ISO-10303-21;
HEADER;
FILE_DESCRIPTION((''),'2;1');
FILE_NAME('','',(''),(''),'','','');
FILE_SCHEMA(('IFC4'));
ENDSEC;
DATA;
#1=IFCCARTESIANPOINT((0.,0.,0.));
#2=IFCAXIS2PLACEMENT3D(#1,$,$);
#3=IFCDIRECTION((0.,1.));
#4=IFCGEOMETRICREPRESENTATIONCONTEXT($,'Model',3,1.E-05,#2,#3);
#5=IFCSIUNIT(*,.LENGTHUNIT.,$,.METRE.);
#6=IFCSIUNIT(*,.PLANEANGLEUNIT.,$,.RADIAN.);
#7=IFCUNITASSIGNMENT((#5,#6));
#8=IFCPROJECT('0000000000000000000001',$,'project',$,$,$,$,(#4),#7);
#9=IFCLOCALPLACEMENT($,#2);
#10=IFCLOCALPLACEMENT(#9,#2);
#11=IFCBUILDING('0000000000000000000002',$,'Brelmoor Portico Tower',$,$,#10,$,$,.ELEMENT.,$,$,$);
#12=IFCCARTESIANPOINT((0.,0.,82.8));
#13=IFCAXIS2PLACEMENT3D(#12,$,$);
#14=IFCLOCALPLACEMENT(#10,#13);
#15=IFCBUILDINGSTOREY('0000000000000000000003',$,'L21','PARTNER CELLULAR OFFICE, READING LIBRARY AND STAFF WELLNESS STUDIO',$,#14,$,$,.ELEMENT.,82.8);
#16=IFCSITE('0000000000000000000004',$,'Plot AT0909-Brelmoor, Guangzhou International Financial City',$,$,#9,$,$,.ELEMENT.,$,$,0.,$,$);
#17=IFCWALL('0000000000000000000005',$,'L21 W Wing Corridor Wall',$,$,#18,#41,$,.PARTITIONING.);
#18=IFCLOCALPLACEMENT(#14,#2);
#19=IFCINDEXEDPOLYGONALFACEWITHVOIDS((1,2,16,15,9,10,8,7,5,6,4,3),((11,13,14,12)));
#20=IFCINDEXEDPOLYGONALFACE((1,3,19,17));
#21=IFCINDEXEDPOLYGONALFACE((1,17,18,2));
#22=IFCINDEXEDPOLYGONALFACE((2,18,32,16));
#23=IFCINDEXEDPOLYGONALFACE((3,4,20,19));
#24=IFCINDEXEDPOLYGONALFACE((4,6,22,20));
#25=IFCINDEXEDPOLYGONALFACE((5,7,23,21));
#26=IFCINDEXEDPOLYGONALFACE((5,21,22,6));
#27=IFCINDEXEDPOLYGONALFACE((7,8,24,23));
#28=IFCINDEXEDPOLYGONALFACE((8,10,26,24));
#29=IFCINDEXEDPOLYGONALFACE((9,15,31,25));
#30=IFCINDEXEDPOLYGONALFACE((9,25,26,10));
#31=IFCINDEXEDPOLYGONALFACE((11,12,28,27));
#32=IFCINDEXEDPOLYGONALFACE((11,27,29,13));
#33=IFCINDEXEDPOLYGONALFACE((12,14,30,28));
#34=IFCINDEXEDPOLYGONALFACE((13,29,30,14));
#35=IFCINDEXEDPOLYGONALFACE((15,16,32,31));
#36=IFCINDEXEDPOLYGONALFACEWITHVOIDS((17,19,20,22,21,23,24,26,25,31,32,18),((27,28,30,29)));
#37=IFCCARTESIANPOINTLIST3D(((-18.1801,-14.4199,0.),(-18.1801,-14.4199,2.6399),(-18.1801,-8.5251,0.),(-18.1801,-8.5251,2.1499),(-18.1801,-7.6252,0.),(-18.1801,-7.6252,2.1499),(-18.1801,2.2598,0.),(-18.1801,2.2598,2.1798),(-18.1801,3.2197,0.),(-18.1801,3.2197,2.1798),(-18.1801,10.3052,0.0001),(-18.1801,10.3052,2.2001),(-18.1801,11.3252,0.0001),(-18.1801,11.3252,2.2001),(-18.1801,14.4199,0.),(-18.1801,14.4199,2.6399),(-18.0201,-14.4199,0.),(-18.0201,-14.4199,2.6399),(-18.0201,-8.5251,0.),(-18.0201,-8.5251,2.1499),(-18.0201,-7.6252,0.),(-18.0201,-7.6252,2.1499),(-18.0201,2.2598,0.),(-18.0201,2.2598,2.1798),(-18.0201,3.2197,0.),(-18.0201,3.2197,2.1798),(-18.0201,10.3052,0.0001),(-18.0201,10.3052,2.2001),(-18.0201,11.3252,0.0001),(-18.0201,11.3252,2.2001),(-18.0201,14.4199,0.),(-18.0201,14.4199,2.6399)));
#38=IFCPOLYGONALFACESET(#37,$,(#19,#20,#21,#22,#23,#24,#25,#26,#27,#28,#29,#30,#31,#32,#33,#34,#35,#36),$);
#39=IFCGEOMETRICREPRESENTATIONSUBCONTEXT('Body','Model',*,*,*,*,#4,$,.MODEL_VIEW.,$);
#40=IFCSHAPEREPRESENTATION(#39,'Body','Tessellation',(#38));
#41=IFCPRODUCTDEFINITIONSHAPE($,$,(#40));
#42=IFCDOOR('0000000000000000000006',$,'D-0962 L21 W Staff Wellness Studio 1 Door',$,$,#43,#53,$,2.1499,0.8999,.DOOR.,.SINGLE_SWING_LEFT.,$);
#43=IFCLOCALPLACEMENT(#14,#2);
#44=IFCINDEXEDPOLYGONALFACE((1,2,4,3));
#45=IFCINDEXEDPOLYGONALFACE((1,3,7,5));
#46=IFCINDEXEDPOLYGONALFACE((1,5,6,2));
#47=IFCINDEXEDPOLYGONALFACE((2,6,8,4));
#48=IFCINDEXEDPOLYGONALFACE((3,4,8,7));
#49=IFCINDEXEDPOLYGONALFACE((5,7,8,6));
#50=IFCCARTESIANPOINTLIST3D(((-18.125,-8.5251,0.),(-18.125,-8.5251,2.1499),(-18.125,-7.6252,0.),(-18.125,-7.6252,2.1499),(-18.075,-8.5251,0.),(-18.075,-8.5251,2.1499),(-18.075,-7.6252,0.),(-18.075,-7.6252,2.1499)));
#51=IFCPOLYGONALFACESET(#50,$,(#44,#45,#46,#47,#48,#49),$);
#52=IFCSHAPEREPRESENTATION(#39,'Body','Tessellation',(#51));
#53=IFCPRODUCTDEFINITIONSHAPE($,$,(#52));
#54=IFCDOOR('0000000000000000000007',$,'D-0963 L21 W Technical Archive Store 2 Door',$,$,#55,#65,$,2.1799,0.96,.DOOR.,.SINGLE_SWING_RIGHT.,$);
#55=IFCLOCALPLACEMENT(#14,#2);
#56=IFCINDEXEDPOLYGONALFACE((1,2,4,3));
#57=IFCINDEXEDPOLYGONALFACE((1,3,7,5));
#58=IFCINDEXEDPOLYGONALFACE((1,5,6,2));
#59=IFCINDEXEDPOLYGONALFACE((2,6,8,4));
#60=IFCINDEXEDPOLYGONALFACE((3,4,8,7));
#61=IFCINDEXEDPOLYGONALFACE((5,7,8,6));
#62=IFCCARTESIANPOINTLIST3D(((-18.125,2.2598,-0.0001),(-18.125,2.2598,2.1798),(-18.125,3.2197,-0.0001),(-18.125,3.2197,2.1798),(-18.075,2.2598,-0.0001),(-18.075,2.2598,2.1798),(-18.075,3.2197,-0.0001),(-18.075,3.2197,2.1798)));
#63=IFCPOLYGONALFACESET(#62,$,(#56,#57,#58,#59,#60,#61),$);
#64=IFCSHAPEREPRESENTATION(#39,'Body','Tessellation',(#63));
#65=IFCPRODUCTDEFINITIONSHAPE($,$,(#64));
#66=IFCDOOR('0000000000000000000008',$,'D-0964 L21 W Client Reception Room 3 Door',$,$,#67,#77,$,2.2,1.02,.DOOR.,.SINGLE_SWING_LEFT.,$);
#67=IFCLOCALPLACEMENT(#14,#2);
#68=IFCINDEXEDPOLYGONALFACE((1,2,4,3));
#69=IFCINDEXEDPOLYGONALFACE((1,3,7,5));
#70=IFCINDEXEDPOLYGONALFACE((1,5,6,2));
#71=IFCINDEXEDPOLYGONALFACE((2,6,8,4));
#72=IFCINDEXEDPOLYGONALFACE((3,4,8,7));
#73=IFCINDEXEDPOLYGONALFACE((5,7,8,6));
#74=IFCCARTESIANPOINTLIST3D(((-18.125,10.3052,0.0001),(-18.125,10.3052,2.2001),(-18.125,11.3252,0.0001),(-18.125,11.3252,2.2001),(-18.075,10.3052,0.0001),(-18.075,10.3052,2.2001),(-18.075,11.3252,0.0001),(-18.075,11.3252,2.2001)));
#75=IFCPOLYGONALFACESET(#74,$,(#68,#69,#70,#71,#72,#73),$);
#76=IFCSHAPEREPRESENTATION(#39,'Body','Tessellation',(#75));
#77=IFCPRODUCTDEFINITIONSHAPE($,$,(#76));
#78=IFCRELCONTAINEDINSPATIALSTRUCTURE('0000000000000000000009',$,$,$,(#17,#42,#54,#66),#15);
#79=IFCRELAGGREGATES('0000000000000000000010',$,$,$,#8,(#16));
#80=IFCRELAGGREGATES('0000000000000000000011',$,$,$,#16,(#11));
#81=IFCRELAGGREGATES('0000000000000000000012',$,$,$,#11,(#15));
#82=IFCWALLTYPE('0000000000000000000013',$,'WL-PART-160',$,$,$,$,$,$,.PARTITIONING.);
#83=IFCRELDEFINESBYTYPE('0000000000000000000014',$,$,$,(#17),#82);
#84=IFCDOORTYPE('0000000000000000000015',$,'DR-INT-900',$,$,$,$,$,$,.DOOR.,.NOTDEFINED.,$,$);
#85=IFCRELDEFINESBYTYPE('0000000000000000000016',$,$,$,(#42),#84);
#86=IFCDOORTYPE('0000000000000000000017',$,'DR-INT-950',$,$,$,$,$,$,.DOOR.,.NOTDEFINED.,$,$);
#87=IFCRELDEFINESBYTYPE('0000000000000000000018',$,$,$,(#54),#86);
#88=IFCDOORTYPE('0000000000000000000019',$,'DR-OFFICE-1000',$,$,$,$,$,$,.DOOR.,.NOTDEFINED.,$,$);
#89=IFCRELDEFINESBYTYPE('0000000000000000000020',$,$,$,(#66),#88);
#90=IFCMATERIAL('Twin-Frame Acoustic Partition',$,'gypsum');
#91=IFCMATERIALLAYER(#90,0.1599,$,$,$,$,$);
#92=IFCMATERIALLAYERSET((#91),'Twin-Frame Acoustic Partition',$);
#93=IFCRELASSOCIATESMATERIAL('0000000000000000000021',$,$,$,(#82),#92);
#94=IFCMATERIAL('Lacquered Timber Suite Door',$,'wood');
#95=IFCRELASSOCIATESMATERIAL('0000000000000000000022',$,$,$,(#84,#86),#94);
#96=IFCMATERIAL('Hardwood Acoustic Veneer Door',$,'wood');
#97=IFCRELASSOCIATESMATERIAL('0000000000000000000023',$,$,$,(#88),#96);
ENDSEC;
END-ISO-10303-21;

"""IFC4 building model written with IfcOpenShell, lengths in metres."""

from ifc_helpers import new_model, si_unit, direction, frame, frame_2d, origin, place, context, subcontext, project, spatial, rectangle, extrude, material, layer, layer_set, type_object, element, fill, save


model = new_model("IFC4")

# Units and contexts
model_context = context("Model", 3, precision=1e-05, world=origin(), true_north=direction((0.0, 1.0)))
body_context = subcontext(model_context, "Body", "Model", "MODEL_VIEW")
ifc_project = project(units=[si_unit("LENGTHUNIT", "METRE"), si_unit("PLANEANGLEUNIT", "RADIAN")], contexts=[model_context])

# Site, building, storey
site_placement = place(None, origin())
site = spatial("IfcSite", under=ifc_project, at=site_placement, Name="Plot AT0909-Brelmoor, Guangzhou International Financial City", CompositionType="ELEMENT", RefElevation=0.0)
building_placement = place(site_placement, origin())
building = spatial("IfcBuilding", under=site, at=building_placement, Name="Brelmoor Portico Tower", CompositionType="ELEMENT")
storey_placement = place(building_placement, frame((0.0, 0.0, 82.8)))
storey = spatial("IfcBuildingStorey", under=building, at=storey_placement, Name="L21", Description="PARTNER CELLULAR OFFICE, READING LIBRARY AND STAFF WELLNESS STUDIO", CompositionType="ELEMENT", Elevation=82.8)

# Wall, openings, doors
ifc_material_1 = material(Name="Twin-Frame Acoustic Partition", Category="gypsum")
ifc_layer_1 = layer(ifc_material_1, 0.1599)
ifc_layer_set_1 = layer_set([ifc_layer_1], Name="Twin-Frame Acoustic Partition")
wall_type = type_object("IfcWallType", Name="WL-PART-160", PredefinedType="PARTITIONING", material=ifc_layer_set_1)
ifc_material_2 = material(Name="Lacquered Timber Suite Door", Category="wood")
door_type_1 = type_object("IfcDoorType", Name="DR-INT-900", OperationType="NOTDEFINED", PredefinedType="DOOR", material=ifc_material_2)
ifc_material_3 = material(Name="Hardwood Acoustic Veneer Door", Category="wood")
door_type_2 = type_object("IfcDoorType", Name="DR-OFFICE-1000", OperationType="NOTDEFINED", PredefinedType="DOOR", material=ifc_material_3)
wall_1_placement = place(storey_placement, frame((-18.1001, -14.4199, 0.0), z_axis=(0.0, 0.0, 1.0), x_axis=(0.0, 1.0, 0.0)))
wall_1 = element("IfcWall", 1, at=wall_1_placement, inside=storey, type_object=wall_type, Name="L21 W Wing Corridor Wall", PredefinedType="PARTITIONING", context=body_context, shape_type="SweptSolid", body=[
    extrude(rectangle(XDim=28.8398, YDim=0.1599, at=frame_2d((14.4199, 0.0))), origin(), (0.0, 0.0, 1.0), 2.6399),
])
opening_1_placement = place(wall_1_placement, frame((5.8948, 0.0, 0.0)))
opening_1 = element("IfcOpeningElement", 2, at=opening_1_placement, cuts=wall_1, PredefinedType="OPENING", context=body_context, shape_type="SweptSolid", body=[
    extrude(rectangle(XDim=0.8999, YDim=2.1499, at=frame_2d((0.45, 1.075))), frame((0.0, 0.0898, 0.0), z_axis=(0.0, -1.0, 0.0), x_axis=(1.0, 0.0, 0.0)), (0.0, 0.0, 1.0), 0.1799),
])
opening_2_placement = place(wall_1_placement, frame((16.6797, 0.0, 0.0)))
opening_2 = element("IfcOpeningElement", 3, at=opening_2_placement, cuts=wall_1, PredefinedType="OPENING", context=body_context, shape_type="SweptSolid", body=[
    extrude(rectangle(XDim=0.96, YDim=2.1799, at=frame_2d((0.48, 1.0898))), frame((0.0, 0.0898, 0.0), z_axis=(0.0, -1.0, 0.0), x_axis=(1.0, 0.0, 0.0)), (0.0, 0.0, 1.0), 0.1799),
])
opening_3_placement = place(wall_1_placement, frame((24.7251, 0.0, 0.0)))
opening_3 = element("IfcOpeningElement", 4, at=opening_3_placement, cuts=wall_1, PredefinedType="OPENING", context=body_context, shape_type="SweptSolid", body=[
    extrude(rectangle(XDim=1.02, YDim=2.2, at=frame_2d((0.51, 1.1001))), frame((0.0, 0.0898, 0.0), z_axis=(0.0, -1.0, 0.0), x_axis=(1.0, 0.0, 0.0)), (0.0, 0.0, 1.0), 0.1799),
])
door_1_placement = place(opening_1_placement, origin())
door_1 = element("IfcDoor", 5, at=door_1_placement, inside=storey, type_object=door_type_1, Name="D-0962 L21 W Staff Wellness Studio 1 Door", OperationType="SINGLE_SWING_LEFT", OverallHeight=2.1499, OverallWidth=0.8999, PredefinedType="DOOR", context=body_context, shape_type="SweptSolid", body=[
    extrude(rectangle(XDim=0.8999, YDim=2.1499, at=frame_2d((0.45, 1.075))), frame((0.0, 0.0249, 0.0), z_axis=(0.0, -1.0, 0.0), x_axis=(1.0, 0.0, 0.0)), (0.0, 0.0, 1.0), 0.05),
])
fill(opening_1, door_1)
door_type_3 = type_object("IfcDoorType", Name="DR-INT-950", OperationType="NOTDEFINED", PredefinedType="DOOR", material=ifc_material_2)
door_2_placement = place(opening_2_placement, origin())
door_2 = element("IfcDoor", 6, at=door_2_placement, inside=storey, type_object=door_type_3, Name="D-0963 L21 W Technical Archive Store 2 Door", OperationType="SINGLE_SWING_RIGHT", OverallHeight=2.1799, OverallWidth=0.96, PredefinedType="DOOR", context=body_context, shape_type="SweptSolid", body=[
    extrude(rectangle(XDim=0.96, YDim=2.1799, at=frame_2d((0.48, 1.0898))), frame((0.0, 0.0249, 0.0), z_axis=(0.0, -1.0, 0.0), x_axis=(1.0, 0.0, 0.0)), (0.0, 0.0, 1.0), 0.05),
])
fill(opening_2, door_2)
door_3_placement = place(opening_3_placement, origin())
door_3 = element("IfcDoor", 7, at=door_3_placement, inside=storey, type_object=door_type_2, Name="D-0964 L21 W Client Reception Room 3 Door", OperationType="SINGLE_SWING_LEFT", OverallHeight=2.2, OverallWidth=1.02, PredefinedType="DOOR", context=body_context, shape_type="SweptSolid", body=[
    extrude(rectangle(XDim=1.02, YDim=2.2, at=frame_2d((0.51, 1.1001))), frame((0.0, 0.0249, 0.0), z_axis=(0.0, -1.0, 0.0), x_axis=(1.0, 0.0, 0.0)), (0.0, 0.0, 1.0), 0.05),
])
fill(opening_3, door_3)

save(model, "model.ifc")
